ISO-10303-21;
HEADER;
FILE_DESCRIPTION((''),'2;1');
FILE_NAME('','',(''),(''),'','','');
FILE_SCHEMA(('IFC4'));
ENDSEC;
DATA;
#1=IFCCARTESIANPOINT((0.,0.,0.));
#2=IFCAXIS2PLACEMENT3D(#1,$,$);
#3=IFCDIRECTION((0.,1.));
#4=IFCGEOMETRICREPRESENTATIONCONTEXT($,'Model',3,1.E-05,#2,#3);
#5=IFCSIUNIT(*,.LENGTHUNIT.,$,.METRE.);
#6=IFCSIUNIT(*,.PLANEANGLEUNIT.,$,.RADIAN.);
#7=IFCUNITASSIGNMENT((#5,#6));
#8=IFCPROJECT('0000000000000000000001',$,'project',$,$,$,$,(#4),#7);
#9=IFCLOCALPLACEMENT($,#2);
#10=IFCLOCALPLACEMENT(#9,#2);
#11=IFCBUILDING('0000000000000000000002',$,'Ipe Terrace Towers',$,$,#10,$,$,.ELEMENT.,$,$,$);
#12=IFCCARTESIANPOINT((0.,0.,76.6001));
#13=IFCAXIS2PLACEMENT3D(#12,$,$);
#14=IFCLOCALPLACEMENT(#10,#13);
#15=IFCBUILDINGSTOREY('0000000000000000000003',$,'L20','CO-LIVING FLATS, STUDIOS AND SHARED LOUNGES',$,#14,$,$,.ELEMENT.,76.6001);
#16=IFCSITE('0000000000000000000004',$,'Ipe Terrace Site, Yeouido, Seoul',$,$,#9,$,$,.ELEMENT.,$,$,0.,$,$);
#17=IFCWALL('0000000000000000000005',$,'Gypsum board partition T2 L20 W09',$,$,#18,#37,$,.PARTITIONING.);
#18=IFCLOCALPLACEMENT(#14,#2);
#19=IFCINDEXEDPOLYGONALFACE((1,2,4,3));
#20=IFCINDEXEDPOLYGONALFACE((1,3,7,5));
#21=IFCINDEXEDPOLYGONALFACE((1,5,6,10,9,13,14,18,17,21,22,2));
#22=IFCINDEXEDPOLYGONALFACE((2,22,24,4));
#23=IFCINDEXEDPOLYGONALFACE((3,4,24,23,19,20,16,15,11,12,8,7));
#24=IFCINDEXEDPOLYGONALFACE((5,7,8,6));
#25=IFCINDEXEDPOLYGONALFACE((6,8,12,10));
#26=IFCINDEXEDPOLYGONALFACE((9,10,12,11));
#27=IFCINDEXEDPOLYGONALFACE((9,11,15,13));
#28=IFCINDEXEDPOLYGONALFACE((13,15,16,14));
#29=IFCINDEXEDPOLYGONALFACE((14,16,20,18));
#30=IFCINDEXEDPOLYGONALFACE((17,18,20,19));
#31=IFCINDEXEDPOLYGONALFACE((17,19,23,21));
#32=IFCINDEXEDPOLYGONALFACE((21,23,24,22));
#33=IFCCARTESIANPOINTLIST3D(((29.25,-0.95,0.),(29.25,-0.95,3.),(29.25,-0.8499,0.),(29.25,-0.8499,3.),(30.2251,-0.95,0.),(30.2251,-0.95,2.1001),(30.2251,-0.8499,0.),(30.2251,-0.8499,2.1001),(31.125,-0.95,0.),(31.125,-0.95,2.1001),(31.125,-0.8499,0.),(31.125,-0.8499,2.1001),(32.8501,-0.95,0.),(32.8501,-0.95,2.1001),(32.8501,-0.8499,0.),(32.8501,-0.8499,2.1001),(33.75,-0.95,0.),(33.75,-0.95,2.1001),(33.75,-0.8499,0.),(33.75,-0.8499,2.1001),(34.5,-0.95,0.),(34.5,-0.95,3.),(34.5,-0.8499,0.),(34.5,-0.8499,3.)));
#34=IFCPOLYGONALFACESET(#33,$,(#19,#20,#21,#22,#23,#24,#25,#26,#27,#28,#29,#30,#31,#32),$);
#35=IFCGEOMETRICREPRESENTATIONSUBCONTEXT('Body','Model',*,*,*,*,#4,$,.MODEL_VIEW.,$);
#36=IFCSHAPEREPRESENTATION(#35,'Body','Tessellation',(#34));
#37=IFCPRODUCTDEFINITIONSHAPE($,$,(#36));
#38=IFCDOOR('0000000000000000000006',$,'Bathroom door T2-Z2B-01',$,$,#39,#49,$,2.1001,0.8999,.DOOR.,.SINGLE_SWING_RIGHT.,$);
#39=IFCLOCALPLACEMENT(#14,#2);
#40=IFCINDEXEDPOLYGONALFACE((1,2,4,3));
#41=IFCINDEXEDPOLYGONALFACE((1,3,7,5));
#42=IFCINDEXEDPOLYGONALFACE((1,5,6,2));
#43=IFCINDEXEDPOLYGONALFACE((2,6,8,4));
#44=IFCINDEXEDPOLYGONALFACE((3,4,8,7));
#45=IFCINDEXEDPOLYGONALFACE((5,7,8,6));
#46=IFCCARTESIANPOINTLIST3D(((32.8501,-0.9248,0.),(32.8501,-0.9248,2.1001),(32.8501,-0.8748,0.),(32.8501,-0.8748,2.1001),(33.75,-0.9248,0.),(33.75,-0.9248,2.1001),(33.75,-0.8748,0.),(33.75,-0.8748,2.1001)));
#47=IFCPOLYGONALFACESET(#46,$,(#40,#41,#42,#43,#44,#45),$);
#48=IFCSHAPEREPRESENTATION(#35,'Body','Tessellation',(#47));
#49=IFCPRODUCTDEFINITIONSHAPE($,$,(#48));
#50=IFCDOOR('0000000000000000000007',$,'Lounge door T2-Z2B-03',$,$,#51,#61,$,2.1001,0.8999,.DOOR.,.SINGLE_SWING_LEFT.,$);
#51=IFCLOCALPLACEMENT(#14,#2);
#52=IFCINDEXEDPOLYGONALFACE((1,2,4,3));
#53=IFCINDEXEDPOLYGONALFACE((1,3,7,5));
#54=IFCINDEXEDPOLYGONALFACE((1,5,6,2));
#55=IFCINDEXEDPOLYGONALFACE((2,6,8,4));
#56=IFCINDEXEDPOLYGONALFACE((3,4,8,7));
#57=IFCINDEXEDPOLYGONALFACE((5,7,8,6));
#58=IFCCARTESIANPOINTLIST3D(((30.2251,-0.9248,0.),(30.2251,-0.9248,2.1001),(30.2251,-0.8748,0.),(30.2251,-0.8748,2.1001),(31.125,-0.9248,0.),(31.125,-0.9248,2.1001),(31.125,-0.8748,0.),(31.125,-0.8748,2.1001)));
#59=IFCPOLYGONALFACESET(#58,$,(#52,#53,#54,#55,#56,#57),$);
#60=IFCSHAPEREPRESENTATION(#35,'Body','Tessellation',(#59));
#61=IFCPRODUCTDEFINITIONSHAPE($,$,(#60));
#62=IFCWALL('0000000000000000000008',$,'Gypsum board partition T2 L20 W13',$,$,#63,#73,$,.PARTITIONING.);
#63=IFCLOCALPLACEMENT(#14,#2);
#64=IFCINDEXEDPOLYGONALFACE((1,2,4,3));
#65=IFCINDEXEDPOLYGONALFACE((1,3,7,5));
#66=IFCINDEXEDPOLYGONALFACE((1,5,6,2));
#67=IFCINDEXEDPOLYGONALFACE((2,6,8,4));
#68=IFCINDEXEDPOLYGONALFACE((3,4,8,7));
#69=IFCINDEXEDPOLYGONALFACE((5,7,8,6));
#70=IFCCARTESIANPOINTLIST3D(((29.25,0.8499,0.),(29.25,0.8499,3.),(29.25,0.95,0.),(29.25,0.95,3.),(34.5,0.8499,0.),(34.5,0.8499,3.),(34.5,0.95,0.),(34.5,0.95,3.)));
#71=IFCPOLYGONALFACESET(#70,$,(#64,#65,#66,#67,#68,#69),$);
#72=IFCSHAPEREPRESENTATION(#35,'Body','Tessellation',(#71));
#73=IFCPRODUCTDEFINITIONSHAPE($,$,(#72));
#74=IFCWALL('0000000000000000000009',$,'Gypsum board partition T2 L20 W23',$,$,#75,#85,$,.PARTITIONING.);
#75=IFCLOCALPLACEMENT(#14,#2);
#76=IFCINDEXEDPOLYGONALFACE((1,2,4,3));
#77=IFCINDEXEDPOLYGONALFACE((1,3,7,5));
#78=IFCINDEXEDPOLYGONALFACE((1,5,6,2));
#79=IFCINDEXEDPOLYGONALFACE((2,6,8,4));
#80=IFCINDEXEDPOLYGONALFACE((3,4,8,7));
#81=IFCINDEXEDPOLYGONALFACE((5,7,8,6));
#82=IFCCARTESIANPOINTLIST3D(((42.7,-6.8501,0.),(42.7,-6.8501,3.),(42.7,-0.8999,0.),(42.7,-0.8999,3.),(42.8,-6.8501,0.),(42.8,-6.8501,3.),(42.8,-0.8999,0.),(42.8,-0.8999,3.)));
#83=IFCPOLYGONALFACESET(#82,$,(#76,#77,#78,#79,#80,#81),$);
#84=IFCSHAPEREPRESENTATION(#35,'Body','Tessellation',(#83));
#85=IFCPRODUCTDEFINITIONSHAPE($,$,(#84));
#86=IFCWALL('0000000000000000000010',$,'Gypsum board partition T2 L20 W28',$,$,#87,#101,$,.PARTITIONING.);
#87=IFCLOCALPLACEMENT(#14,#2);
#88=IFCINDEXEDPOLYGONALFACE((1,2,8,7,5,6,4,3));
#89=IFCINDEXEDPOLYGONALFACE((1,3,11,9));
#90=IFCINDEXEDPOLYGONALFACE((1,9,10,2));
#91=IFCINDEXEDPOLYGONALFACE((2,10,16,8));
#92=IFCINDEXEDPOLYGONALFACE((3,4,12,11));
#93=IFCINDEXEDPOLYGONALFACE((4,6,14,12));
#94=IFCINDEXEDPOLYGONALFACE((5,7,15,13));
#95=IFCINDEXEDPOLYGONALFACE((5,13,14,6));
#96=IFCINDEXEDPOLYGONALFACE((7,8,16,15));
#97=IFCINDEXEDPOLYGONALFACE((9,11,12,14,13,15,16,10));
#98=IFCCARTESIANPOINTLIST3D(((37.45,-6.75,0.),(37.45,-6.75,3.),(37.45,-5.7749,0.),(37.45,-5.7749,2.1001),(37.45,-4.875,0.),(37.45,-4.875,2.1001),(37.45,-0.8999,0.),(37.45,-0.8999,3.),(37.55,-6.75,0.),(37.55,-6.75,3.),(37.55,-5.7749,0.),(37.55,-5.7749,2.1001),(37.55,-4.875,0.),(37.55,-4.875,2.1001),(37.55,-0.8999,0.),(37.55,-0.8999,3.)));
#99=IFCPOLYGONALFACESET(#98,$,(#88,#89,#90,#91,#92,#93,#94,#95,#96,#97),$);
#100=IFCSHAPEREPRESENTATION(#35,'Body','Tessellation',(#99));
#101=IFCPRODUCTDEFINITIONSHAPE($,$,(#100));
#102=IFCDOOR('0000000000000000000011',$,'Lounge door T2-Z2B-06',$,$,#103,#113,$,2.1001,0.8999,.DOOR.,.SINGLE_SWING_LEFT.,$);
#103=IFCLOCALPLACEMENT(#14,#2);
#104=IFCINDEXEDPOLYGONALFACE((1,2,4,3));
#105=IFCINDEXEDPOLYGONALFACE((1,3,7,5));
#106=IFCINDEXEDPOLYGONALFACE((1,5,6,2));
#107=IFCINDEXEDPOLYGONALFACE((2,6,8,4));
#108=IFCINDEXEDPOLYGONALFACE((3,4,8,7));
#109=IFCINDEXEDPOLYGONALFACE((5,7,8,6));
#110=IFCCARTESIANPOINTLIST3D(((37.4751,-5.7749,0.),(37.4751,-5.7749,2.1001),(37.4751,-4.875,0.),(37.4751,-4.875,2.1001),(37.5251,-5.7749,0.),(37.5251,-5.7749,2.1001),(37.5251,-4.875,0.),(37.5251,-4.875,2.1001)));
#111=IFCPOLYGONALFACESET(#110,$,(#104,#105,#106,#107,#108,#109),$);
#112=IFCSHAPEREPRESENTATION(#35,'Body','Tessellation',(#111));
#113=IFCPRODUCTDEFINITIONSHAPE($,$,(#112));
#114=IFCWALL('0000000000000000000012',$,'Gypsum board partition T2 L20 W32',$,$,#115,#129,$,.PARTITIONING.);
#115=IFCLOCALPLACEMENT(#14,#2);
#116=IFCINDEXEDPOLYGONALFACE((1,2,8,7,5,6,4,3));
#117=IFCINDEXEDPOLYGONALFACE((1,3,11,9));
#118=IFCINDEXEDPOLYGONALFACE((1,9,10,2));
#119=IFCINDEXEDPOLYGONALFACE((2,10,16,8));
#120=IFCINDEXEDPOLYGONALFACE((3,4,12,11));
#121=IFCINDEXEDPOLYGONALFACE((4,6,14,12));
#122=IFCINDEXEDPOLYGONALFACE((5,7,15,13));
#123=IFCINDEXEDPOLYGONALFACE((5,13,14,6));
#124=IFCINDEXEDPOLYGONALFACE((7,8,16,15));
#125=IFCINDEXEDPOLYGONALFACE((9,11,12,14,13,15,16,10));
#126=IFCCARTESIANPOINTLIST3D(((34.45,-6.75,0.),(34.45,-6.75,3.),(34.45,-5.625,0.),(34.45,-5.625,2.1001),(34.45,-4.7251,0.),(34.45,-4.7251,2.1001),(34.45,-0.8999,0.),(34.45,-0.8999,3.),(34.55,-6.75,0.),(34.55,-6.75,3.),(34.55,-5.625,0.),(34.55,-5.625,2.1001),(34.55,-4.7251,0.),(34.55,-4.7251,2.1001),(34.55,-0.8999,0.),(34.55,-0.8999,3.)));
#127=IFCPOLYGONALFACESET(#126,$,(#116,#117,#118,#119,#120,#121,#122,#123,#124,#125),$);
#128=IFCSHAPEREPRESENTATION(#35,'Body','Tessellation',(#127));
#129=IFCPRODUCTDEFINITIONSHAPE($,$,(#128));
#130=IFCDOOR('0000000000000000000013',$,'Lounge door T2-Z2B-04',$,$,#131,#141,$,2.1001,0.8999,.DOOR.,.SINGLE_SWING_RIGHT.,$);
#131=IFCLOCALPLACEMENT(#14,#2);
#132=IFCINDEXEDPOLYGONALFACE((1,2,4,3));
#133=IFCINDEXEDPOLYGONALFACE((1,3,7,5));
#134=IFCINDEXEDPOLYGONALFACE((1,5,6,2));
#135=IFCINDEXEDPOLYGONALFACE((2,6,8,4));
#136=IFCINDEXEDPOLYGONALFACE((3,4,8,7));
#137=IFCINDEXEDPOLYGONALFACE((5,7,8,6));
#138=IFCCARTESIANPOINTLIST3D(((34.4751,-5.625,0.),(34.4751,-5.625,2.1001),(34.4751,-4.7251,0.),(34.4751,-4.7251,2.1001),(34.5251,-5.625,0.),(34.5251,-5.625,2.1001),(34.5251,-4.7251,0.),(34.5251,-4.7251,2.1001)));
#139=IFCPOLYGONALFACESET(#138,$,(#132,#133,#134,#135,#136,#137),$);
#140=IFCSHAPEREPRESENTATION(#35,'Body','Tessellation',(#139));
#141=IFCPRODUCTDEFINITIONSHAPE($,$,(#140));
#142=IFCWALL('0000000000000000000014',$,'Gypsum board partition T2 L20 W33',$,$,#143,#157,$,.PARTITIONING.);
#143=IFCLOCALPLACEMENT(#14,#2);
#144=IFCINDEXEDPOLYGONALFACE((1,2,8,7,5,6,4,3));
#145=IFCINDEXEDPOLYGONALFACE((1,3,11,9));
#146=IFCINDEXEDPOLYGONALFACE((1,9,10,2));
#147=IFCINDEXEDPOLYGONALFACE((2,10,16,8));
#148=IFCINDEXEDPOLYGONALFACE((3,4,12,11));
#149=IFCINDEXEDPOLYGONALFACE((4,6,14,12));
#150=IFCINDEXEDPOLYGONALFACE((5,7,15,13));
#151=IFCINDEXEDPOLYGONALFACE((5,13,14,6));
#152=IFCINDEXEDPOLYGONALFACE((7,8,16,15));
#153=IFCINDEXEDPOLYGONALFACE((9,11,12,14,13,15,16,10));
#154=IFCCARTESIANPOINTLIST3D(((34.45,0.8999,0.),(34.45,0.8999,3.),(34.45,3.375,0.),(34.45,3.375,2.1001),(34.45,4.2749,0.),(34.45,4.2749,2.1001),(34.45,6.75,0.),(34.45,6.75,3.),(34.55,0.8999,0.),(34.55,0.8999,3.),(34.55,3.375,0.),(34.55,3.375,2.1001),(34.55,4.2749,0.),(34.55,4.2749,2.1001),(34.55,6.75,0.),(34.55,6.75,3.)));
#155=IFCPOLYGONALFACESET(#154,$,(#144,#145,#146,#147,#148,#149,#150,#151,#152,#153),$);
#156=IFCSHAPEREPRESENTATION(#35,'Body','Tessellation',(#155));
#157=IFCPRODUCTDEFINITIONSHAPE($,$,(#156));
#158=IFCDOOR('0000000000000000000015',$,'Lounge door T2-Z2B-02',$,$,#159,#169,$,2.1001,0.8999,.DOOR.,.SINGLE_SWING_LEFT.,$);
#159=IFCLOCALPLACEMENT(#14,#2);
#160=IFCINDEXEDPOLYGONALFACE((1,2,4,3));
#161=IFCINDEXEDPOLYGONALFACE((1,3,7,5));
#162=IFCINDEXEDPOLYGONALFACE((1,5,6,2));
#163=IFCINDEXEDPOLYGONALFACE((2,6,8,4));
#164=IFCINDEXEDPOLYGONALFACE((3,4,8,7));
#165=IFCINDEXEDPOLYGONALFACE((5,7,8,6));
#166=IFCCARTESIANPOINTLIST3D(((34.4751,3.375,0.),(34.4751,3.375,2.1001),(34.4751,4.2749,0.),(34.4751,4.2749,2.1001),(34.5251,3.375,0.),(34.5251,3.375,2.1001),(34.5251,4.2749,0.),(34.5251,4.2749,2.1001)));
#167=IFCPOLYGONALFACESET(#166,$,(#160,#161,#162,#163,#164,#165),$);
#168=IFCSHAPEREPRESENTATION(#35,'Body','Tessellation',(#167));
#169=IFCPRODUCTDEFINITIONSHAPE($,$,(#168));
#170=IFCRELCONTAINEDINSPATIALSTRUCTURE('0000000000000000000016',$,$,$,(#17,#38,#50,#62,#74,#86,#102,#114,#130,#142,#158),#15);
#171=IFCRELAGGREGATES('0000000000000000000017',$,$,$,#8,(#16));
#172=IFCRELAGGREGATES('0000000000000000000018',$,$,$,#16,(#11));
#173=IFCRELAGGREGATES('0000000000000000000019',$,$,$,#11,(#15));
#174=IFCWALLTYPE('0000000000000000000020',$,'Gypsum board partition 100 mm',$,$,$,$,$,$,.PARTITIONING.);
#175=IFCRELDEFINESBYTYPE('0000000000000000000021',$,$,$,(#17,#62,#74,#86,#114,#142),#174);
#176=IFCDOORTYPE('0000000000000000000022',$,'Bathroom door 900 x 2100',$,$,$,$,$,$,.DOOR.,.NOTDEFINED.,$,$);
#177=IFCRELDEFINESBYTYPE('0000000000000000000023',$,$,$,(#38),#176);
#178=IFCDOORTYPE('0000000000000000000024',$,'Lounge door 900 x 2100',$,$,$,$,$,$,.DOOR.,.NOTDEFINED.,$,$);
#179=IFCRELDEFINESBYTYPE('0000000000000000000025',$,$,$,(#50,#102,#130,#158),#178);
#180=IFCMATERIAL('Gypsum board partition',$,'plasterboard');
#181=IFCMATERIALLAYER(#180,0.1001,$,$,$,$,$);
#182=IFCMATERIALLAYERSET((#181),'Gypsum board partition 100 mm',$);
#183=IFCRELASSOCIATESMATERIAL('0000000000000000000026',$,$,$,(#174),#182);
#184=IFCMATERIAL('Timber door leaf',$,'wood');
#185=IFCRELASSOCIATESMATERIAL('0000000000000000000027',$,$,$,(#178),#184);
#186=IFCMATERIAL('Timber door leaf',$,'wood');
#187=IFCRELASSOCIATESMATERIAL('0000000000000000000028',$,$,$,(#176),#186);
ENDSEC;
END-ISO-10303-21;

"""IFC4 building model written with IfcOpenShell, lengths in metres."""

from ifc_helpers import new_model, si_unit, direction, frame, frame_2d, origin, place, context, subcontext, project, spatial, rectangle, extrude, material, layer, layer_set, type_object, element, fill, save


model = new_model("IFC4")

# Units and contexts
model_context = context("Model", 3, precision=1e-05, world=origin(), true_north=direction((0.0, 1.0)))
body_context = subcontext(model_context, "Body", "Model", "MODEL_VIEW")
ifc_project = project(units=[si_unit("LENGTHUNIT", "METRE"), si_unit("PLANEANGLEUNIT", "RADIAN")], contexts=[model_context])

# Site, building, storey
site_placement = place(None, origin())
site = spatial("IfcSite", under=ifc_project, at=site_placement, Name="Ipe Terrace Site, Yeouido, Seoul", CompositionType="ELEMENT", RefElevation=0.0)
building_placement = place(site_placement, origin())
building = spatial("IfcBuilding", under=site, at=building_placement, Name="Ipe Terrace Towers", CompositionType="ELEMENT")
storey_placement = place(building_placement, frame((0.0, 0.0, 76.6001)))
storey = spatial("IfcBuildingStorey", under=building, at=storey_placement, Name="L20", Description="CO-LIVING FLATS, STUDIOS AND SHARED LOUNGES", CompositionType="ELEMENT", Elevation=76.6001)

# Shared definitions
ifc_material_1 = material(Name="Gypsum board partition", Category="plasterboard")
ifc_layer_1 = layer(ifc_material_1, 0.1001)
ifc_layer_set_1 = layer_set([ifc_layer_1], Name="Gypsum board partition 100 mm")
wall_type_1 = type_object("IfcWallType", Name="Gypsum board partition 100 mm", PredefinedType="PARTITIONING", material=ifc_layer_set_1)

# Shared definitions
ifc_material_2 = material(Name="Timber door leaf", Category="wood")
door_type_1 = type_object("IfcDoorType", Name="Lounge door 900 x 2100", OperationType="NOTDEFINED", PredefinedType="DOOR", material=ifc_material_2)

# Wall, openings, doors
wall_1_placement = place(storey_placement, frame((34.5, -0.8999, 0.0), z_axis=(0.0, 0.0, 1.0), x_axis=(-1.0, 0.0, 0.0)))
wall_1 = element("IfcWall", 1, at=wall_1_placement, inside=storey, type_object=wall_type_1, Name="Gypsum board partition T2 L20 W09", PredefinedType="PARTITIONING", context=body_context, shape_type="SweptSolid", body=[
    extrude(rectangle(XDim=5.25, YDim=0.1001, at=frame_2d((2.625, 0.0))), origin(), (0.0, 0.0, 1.0), 3.0),
])
opening_1_placement = place(wall_1_placement, frame((0.75, 0.0, 0.0)))
opening_1 = element("IfcOpeningElement", 2, at=opening_1_placement, cuts=wall_1, PredefinedType="OPENING", context=body_context, shape_type="SweptSolid", body=[
    extrude(rectangle(XDim=0.8999, YDim=2.1001, at=frame_2d((0.45, 1.05))), frame((0.0, 0.0601, 0.0), z_axis=(0.0, -1.0, 0.0), x_axis=(1.0, 0.0, 0.0)), (0.0, 0.0, 1.0), 0.1201),
])
opening_2_placement = place(wall_1_placement, frame((3.375, 0.0, 0.0)))
opening_2 = element("IfcOpeningElement", 3, at=opening_2_placement, cuts=wall_1, PredefinedType="OPENING", context=body_context, shape_type="SweptSolid", body=[
    extrude(rectangle(XDim=0.8999, YDim=2.1001, at=frame_2d((0.45, 1.05))), frame((0.0, 0.0601, 0.0), z_axis=(0.0, -1.0, 0.0), x_axis=(1.0, 0.0, 0.0)), (0.0, 0.0, 1.0), 0.1201),
])
ifc_material_3 = material(Name="Timber door leaf", Category="wood")
door_type_2 = type_object("IfcDoorType", Name="Bathroom door 900 x 2100", OperationType="NOTDEFINED", PredefinedType="DOOR", material=ifc_material_3)
door_1_placement = place(opening_1_placement, origin())
door_1 = element("IfcDoor", 4, at=door_1_placement, inside=storey, type_object=door_type_2, Name="Bathroom door T2-Z2B-01", OperationType="SINGLE_SWING_RIGHT", OverallHeight=2.1001, OverallWidth=0.8999, PredefinedType="DOOR", context=body_context, shape_type="SweptSolid", body=[
    extrude(rectangle(XDim=0.8999, YDim=2.1001, at=frame_2d((0.45, 1.05))), frame((0.0, 0.0249, 0.0), z_axis=(0.0, -1.0, 0.0), x_axis=(1.0, 0.0, 0.0)), (0.0, 0.0, 1.0), 0.05),
])
fill(opening_1, door_1)
door_2_placement = place(opening_2_placement, origin())
door_2 = element("IfcDoor", 5, at=door_2_placement, inside=storey, type_object=door_type_1, Name="Lounge door T2-Z2B-03", OperationType="SINGLE_SWING_LEFT", OverallHeight=2.1001, OverallWidth=0.8999, PredefinedType="DOOR", context=body_context, shape_type="SweptSolid", body=[
    extrude(rectangle(XDim=0.8999, YDim=2.1001, at=frame_2d((0.45, 1.05))), frame((0.0, 0.0249, 0.0), z_axis=(0.0, -1.0, 0.0), x_axis=(1.0, 0.0, 0.0)), (0.0, 0.0, 1.0), 0.05),
])
fill(opening_2, door_2)

# Walls
wall_2_placement = place(storey_placement, frame((34.5, 0.8999, 0.0), z_axis=(0.0, 0.0, 1.0), x_axis=(-1.0, 0.0, 0.0)))
element("IfcWall", 6, at=wall_2_placement, inside=storey, type_object=wall_type_1, Name="Gypsum board partition T2 L20 W13", PredefinedType="PARTITIONING", context=body_context, shape_type="SweptSolid", body=[
    extrude(rectangle(XDim=5.25, YDim=0.1001, at=frame_2d((2.625, 0.0))), origin(), (0.0, 0.0, 1.0), 3.0),
])
wall_3_placement = place(storey_placement, frame((42.75, -6.8501, 0.0), z_axis=(0.0, 0.0, 1.0), x_axis=(0.0, 1.0, 0.0)))
element("IfcWall", 7, at=wall_3_placement, inside=storey, type_object=wall_type_1, Name="Gypsum board partition T2 L20 W23", PredefinedType="PARTITIONING", context=body_context, shape_type="SweptSolid", body=[
    extrude(rectangle(XDim=5.9502, YDim=0.1001, at=frame_2d((2.9751, 0.0))), origin(), (0.0, 0.0, 1.0), 3.0),
])

# Walls, openings, doors
wall_4_placement = place(storey_placement, frame((37.5, -6.75, 0.0), z_axis=(0.0, 0.0, 1.0), x_axis=(0.0, 1.0, 0.0)))
wall_4 = element("IfcWall", 8, at=wall_4_placement, inside=storey, type_object=wall_type_1, Name="Gypsum board partition T2 L20 W28", PredefinedType="PARTITIONING", context=body_context, shape_type="SweptSolid", body=[
    extrude(rectangle(XDim=5.8501, YDim=0.1001, at=frame_2d((2.925, 0.0))), origin(), (0.0, 0.0, 1.0), 3.0),
])
opening_3_placement = place(wall_4_placement, frame((0.9751, 0.0, 0.0)))
opening_3 = element("IfcOpeningElement", 9, at=opening_3_placement, cuts=wall_4, PredefinedType="OPENING", context=body_context, shape_type="SweptSolid", body=[
    extrude(rectangle(XDim=0.8999, YDim=2.1001, at=frame_2d((0.45, 1.05))), frame((0.0, 0.0601, 0.0), z_axis=(0.0, -1.0, 0.0), x_axis=(1.0, 0.0, 0.0)), (0.0, 0.0, 1.0), 0.1201),
])
door_3_placement = place(opening_3_placement, origin())
door_3 = element("IfcDoor", 10, at=door_3_placement, inside=storey, type_object=door_type_1, Name="Lounge door T2-Z2B-06", OperationType="SINGLE_SWING_LEFT", OverallHeight=2.1001, OverallWidth=0.8999, PredefinedType="DOOR", context=body_context, shape_type="SweptSolid", body=[
    extrude(rectangle(XDim=0.8999, YDim=2.1001, at=frame_2d((0.45, 1.05))), frame((0.0, 0.0249, 0.0), z_axis=(0.0, -1.0, 0.0), x_axis=(1.0, 0.0, 0.0)), (0.0, 0.0, 1.0), 0.05),
])
fill(opening_3, door_3)
wall_5_placement = place(storey_placement, frame((34.5, -6.75, 0.0), z_axis=(0.0, 0.0, 1.0), x_axis=(0.0, 1.0, 0.0)))
wall_5 = element("IfcWall", 11, at=wall_5_placement, inside=storey, type_object=wall_type_1, Name="Gypsum board partition T2 L20 W32", PredefinedType="PARTITIONING", context=body_context, shape_type="SweptSolid", body=[
    extrude(rectangle(XDim=5.8501, YDim=0.1001, at=frame_2d((2.925, 0.0))), origin(), (0.0, 0.0, 1.0), 3.0),
])
opening_4_placement = place(wall_5_placement, frame((1.125, 0.0, 0.0)))
opening_4 = element("IfcOpeningElement", 12, at=opening_4_placement, cuts=wall_5, PredefinedType="OPENING", context=body_context, shape_type="SweptSolid", body=[
    extrude(rectangle(XDim=0.8999, YDim=2.1001, at=frame_2d((0.45, 1.05))), frame((0.0, 0.0601, 0.0), z_axis=(0.0, -1.0, 0.0), x_axis=(1.0, 0.0, 0.0)), (0.0, 0.0, 1.0), 0.1201),
])
door_4_placement = place(opening_4_placement, origin())
door_4 = element("IfcDoor", 13, at=door_4_placement, inside=storey, type_object=door_type_1, Name="Lounge door T2-Z2B-04", OperationType="SINGLE_SWING_RIGHT", OverallHeight=2.1001, OverallWidth=0.8999, PredefinedType="DOOR", context=body_context, shape_type="SweptSolid", body=[
    extrude(rectangle(XDim=0.8999, YDim=2.1001, at=frame_2d((0.45, 1.05))), frame((0.0, 0.0249, 0.0), z_axis=(0.0, -1.0, 0.0), x_axis=(1.0, 0.0, 0.0)), (0.0, 0.0, 1.0), 0.05),
])
fill(opening_4, door_4)
wall_6_placement = place(storey_placement, frame((34.5, 0.8999, 0.0), z_axis=(0.0, 0.0, 1.0), x_axis=(0.0, 1.0, 0.0)))
wall_6 = element("IfcWall", 14, at=wall_6_placement, inside=storey, type_object=wall_type_1, Name="Gypsum board partition T2 L20 W33", PredefinedType="PARTITIONING", context=body_context, shape_type="SweptSolid", body=[
    extrude(rectangle(XDim=5.8501, YDim=0.1001, at=frame_2d((2.925, 0.0))), origin(), (0.0, 0.0, 1.0), 3.0),
])
opening_5_placement = place(wall_6_placement, frame((2.4751, 0.0, 0.0)))
opening_5 = element("IfcOpeningElement", 15, at=opening_5_placement, cuts=wall_6, PredefinedType="OPENING", context=body_context, shape_type="SweptSolid", body=[
    extrude(rectangle(XDim=0.8999, YDim=2.1001, at=frame_2d((0.45, 1.05))), frame((0.0, 0.0601, 0.0), z_axis=(0.0, -1.0, 0.0), x_axis=(1.0, 0.0, 0.0)), (0.0, 0.0, 1.0), 0.1201),
])
door_5_placement = place(opening_5_placement, origin())
door_5 = element("IfcDoor", 16, at=door_5_placement, inside=storey, type_object=door_type_1, Name="Lounge door T2-Z2B-02", OperationType="SINGLE_SWING_LEFT", OverallHeight=2.1001, OverallWidth=0.8999, PredefinedType="DOOR", context=body_context, shape_type="SweptSolid", body=[
    extrude(rectangle(XDim=0.8999, YDim=2.1001, at=frame_2d((0.45, 1.05))), frame((0.0, 0.0249, 0.0), z_axis=(0.0, -1.0, 0.0), x_axis=(1.0, 0.0, 0.0)), (0.0, 0.0, 1.0), 0.05),
])
fill(opening_5, door_5)

save(model, "model.ifc")
